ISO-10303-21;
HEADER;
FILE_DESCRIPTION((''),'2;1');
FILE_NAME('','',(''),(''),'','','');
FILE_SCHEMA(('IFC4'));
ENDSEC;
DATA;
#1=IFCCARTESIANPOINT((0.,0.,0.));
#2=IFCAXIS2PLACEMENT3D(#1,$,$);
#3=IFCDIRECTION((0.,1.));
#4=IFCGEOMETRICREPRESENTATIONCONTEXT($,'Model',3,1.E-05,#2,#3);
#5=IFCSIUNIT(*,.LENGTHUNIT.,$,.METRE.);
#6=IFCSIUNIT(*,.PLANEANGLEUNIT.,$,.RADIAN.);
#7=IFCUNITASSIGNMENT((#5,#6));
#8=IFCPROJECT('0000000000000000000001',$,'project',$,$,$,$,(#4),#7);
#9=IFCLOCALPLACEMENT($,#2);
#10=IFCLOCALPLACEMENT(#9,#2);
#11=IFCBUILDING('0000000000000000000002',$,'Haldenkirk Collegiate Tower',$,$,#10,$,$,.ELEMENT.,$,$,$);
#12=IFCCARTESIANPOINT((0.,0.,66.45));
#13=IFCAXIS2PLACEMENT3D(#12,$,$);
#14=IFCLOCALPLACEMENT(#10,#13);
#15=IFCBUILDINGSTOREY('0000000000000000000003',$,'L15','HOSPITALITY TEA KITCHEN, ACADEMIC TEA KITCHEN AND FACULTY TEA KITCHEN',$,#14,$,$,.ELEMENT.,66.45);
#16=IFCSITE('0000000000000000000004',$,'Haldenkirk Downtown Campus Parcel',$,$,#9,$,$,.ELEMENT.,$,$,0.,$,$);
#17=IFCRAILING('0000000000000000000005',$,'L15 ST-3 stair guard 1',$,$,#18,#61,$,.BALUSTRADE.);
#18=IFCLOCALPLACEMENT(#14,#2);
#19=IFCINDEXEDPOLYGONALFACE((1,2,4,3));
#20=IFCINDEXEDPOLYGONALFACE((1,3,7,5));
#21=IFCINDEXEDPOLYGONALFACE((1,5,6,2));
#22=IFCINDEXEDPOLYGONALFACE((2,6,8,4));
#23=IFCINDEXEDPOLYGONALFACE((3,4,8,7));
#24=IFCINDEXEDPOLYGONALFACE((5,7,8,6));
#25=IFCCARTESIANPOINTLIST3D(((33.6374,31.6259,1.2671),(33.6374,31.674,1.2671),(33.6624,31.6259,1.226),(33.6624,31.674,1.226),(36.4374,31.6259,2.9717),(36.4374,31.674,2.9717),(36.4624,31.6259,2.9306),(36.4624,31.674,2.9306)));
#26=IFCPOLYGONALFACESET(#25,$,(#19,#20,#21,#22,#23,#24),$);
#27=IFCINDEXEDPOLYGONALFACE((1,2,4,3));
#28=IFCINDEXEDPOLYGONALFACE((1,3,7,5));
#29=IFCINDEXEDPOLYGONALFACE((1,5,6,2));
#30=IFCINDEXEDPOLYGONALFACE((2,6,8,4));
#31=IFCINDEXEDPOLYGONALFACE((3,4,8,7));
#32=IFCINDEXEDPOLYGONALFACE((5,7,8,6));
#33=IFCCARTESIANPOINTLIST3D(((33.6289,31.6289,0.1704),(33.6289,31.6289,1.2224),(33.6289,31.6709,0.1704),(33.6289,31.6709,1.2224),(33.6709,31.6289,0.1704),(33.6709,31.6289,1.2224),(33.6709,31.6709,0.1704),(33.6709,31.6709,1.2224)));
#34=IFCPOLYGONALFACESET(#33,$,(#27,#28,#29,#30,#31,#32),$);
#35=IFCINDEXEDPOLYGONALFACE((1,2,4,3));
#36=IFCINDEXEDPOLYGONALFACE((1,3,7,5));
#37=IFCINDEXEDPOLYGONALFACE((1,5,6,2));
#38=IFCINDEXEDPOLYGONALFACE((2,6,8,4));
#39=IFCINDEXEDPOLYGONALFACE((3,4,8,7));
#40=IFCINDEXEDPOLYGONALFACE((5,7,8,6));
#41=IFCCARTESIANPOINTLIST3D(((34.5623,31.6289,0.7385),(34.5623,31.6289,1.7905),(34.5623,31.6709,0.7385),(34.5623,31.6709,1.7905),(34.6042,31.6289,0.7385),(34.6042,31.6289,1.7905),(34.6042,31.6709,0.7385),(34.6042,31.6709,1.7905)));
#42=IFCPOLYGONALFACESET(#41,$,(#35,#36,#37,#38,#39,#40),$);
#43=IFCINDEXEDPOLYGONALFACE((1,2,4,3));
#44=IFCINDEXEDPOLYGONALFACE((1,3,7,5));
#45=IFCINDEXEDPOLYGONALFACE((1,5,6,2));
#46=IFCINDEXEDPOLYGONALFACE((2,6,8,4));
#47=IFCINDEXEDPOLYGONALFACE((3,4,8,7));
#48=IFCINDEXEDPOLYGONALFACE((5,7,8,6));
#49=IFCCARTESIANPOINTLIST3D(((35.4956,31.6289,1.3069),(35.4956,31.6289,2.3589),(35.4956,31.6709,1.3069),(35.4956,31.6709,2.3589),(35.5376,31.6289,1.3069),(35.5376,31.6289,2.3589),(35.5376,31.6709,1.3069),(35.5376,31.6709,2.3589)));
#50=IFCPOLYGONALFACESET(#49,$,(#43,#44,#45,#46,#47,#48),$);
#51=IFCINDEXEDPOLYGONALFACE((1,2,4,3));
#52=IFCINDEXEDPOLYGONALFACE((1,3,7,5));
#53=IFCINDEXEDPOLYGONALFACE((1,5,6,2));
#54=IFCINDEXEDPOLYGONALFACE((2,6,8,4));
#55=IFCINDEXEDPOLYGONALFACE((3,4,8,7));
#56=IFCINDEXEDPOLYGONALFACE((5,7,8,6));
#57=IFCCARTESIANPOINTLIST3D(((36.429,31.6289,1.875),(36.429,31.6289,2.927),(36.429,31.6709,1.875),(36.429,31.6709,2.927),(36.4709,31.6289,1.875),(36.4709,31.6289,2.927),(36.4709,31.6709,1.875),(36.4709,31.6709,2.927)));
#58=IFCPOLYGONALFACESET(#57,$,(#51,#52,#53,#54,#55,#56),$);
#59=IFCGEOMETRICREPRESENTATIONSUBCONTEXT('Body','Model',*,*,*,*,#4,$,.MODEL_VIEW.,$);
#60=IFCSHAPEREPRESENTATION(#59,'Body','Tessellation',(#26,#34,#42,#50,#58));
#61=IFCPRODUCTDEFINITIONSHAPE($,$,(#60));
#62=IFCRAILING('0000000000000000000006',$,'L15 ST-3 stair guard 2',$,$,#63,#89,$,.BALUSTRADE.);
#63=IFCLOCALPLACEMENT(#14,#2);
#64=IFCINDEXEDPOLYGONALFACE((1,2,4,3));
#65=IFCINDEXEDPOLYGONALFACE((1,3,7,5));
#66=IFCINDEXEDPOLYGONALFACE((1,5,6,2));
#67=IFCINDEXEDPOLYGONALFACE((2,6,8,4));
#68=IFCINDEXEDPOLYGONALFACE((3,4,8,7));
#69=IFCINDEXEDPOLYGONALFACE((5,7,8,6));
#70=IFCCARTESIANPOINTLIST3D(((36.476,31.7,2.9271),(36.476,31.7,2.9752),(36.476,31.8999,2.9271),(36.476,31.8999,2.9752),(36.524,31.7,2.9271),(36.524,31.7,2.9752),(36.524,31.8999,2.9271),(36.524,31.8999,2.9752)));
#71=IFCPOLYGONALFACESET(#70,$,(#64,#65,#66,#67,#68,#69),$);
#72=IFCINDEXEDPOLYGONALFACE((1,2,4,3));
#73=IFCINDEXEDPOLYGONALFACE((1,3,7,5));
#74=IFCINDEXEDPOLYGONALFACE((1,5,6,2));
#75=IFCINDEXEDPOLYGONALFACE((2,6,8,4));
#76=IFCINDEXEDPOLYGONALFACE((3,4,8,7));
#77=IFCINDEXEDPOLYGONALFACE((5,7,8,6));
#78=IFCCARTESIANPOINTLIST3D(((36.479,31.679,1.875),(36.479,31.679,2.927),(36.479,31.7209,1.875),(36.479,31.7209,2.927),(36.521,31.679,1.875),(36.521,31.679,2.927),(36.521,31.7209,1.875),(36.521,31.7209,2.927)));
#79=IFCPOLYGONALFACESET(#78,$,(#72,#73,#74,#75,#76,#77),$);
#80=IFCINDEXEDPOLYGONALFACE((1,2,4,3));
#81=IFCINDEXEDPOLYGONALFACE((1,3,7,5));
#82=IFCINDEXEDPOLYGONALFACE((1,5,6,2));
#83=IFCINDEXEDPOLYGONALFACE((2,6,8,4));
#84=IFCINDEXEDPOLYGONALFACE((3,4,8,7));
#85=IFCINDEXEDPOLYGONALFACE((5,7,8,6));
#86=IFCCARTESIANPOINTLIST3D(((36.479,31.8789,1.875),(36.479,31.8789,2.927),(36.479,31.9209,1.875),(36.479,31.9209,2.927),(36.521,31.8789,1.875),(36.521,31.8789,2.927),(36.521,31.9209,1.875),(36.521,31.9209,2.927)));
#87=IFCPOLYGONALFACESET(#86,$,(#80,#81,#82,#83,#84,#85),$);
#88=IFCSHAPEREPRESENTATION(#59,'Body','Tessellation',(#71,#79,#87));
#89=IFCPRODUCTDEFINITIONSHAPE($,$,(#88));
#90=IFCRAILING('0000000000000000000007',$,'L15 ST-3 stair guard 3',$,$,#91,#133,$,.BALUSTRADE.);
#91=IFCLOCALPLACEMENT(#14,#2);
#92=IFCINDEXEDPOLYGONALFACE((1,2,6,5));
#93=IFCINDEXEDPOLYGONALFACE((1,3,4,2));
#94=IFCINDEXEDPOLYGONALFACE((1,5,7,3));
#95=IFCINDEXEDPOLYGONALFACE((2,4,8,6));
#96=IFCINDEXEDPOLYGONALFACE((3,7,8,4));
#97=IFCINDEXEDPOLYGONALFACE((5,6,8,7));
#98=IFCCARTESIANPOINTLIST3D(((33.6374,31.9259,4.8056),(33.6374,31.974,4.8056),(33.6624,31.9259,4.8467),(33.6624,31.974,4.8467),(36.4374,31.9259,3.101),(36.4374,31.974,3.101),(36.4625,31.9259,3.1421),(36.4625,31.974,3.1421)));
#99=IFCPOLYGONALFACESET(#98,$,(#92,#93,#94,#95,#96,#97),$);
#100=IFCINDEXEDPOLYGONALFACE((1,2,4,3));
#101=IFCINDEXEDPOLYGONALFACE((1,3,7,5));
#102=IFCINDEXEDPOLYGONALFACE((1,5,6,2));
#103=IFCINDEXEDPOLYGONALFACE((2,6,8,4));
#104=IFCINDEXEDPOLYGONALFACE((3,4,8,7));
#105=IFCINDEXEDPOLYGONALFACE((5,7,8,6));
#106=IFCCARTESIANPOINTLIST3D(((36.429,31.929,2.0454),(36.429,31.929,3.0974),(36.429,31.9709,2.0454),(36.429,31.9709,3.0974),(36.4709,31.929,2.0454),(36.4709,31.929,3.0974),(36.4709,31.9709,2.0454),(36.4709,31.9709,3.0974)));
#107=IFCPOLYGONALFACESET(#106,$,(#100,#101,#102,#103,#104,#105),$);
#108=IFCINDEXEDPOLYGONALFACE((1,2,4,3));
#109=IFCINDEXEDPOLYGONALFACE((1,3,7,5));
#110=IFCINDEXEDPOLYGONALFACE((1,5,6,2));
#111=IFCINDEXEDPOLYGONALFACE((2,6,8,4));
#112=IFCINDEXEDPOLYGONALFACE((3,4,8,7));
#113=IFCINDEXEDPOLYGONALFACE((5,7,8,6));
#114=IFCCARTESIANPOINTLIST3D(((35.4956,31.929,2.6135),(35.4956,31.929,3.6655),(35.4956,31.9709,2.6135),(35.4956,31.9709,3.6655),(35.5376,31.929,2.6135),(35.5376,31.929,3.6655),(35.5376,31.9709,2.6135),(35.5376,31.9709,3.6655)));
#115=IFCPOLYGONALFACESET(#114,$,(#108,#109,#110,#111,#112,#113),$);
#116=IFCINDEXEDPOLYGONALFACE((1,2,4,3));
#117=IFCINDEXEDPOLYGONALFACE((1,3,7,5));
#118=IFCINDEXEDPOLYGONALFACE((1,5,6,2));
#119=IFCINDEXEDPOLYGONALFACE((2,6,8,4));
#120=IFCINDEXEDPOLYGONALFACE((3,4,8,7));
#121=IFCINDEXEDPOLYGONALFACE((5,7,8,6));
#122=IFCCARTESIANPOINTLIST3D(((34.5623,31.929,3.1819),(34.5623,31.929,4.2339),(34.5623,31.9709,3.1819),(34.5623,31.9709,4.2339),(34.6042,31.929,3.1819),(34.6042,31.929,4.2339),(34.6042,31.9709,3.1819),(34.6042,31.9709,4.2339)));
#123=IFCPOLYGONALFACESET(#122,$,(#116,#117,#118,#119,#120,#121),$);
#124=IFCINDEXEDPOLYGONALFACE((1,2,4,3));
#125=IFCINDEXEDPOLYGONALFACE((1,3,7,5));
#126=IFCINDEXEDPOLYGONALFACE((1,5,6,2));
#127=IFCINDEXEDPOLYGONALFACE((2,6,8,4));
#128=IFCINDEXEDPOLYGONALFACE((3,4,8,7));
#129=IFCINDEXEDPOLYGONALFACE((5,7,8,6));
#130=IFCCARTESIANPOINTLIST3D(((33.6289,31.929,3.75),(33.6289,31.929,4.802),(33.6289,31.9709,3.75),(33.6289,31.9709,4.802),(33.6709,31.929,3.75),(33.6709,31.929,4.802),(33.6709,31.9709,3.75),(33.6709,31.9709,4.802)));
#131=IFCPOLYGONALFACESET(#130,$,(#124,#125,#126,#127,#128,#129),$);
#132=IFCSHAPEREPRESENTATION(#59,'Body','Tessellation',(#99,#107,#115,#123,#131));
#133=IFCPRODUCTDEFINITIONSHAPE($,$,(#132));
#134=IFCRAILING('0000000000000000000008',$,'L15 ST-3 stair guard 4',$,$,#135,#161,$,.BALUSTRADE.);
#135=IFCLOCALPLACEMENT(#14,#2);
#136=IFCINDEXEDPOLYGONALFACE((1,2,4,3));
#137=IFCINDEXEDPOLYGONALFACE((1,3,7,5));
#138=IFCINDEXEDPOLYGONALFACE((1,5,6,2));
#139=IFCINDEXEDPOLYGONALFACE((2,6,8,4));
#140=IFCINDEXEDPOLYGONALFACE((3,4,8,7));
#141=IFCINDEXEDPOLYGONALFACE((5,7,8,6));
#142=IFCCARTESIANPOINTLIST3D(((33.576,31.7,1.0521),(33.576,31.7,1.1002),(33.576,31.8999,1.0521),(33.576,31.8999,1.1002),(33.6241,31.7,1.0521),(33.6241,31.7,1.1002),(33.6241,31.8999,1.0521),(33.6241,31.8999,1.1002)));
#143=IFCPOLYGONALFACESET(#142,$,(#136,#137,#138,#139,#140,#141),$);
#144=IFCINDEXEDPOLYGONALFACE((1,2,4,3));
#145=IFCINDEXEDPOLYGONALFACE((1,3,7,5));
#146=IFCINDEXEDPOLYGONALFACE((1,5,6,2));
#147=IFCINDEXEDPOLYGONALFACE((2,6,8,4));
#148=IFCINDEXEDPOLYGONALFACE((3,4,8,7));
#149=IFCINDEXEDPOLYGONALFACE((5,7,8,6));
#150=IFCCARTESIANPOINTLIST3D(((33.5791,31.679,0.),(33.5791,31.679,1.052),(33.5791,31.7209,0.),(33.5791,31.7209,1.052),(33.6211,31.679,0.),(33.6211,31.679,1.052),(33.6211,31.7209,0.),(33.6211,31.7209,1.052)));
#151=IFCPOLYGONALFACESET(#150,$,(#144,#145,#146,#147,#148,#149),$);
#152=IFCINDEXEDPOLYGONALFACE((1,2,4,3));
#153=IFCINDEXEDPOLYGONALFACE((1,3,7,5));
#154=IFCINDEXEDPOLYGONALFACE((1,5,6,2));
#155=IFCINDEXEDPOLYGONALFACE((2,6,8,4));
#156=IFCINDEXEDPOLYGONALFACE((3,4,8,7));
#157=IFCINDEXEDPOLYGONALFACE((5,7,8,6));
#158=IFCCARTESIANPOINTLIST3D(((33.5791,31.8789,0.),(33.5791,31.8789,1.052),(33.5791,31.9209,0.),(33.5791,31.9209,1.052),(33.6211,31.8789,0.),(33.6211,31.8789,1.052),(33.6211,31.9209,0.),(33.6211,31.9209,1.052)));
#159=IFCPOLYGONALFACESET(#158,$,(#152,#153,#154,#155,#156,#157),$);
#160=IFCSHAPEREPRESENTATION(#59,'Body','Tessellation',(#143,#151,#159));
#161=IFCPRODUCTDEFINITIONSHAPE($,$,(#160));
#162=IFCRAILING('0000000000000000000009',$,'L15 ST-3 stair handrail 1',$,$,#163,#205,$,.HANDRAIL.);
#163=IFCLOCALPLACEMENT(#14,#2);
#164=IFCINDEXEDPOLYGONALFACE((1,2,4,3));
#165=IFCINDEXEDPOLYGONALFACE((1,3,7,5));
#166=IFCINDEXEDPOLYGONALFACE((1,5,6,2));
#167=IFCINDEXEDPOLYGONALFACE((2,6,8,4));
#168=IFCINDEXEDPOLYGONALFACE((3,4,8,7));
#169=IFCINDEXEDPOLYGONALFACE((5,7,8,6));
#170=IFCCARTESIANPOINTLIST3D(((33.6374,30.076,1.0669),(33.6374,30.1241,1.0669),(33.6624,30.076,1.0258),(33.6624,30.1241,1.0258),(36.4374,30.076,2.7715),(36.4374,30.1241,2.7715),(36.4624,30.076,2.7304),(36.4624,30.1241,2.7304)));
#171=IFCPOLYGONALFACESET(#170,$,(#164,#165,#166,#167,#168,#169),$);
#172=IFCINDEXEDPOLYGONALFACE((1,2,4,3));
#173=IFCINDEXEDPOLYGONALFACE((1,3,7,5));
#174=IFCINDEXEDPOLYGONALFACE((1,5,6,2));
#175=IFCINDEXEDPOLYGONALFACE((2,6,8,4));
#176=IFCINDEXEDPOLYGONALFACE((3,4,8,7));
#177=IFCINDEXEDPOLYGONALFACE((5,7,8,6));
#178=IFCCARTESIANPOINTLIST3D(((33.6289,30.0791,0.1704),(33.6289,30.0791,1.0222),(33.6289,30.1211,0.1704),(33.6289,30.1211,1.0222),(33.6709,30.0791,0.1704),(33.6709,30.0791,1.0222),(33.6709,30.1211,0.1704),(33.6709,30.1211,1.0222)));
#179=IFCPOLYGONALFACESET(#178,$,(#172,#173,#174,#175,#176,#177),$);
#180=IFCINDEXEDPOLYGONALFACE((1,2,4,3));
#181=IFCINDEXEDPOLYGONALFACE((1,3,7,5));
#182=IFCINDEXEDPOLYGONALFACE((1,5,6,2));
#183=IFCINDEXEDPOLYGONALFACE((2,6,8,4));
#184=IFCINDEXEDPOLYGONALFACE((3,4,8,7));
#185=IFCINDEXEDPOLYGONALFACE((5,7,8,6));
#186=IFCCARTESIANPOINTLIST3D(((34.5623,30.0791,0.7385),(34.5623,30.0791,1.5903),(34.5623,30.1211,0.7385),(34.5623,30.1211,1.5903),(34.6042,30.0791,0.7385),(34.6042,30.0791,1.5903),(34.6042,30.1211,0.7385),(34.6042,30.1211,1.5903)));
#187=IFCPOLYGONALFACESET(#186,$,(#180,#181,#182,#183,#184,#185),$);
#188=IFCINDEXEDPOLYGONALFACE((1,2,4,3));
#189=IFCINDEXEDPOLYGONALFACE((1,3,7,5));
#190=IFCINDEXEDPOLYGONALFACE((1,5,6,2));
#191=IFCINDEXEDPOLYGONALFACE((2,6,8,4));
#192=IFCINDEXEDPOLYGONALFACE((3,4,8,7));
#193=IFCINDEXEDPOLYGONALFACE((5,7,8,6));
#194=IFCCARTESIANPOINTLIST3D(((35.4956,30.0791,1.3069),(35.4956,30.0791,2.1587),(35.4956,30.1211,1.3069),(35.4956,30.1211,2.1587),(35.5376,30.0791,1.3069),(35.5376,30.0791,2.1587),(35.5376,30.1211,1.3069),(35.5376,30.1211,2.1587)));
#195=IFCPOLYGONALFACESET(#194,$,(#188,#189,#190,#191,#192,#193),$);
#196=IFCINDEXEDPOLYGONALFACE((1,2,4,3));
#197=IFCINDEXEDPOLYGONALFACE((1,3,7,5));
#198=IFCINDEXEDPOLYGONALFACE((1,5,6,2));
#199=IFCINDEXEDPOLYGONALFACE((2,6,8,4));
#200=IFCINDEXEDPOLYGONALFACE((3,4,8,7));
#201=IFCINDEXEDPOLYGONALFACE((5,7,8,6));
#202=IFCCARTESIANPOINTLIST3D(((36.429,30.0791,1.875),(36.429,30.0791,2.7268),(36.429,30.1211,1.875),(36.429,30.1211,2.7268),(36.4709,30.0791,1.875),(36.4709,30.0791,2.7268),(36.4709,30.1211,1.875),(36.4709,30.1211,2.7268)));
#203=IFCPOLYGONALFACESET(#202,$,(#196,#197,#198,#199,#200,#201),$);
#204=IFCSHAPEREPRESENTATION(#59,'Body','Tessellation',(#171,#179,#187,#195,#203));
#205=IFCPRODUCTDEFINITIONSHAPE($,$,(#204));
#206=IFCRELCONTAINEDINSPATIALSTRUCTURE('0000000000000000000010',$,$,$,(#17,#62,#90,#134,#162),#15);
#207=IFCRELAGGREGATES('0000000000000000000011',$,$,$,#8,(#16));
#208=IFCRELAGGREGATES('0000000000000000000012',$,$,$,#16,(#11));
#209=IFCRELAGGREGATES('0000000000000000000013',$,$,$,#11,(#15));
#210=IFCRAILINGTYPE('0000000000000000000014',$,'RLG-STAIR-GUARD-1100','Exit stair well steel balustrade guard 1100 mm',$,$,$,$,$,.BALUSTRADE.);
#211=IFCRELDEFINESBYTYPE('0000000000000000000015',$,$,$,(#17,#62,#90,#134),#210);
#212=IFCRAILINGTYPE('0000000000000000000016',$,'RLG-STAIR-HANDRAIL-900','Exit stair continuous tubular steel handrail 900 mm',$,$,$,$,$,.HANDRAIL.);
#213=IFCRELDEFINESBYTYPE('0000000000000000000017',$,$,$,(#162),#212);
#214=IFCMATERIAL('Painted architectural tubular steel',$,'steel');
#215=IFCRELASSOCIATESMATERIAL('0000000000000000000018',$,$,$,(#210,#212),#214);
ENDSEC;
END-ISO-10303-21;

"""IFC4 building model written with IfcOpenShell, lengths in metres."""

from ifc_helpers import new_model, si_unit, direction, frame, origin, origin_2d, place, context, subcontext, project, spatial, rectangle, extrude, material, type_object, element, save


model = new_model("IFC4")

# Units and contexts
model_context = context("Model", 3, precision=1e-05, world=origin(), true_north=direction((0.0, 1.0)))
body_context = subcontext(model_context, "Body", "Model", "MODEL_VIEW")
ifc_project = project(units=[si_unit("LENGTHUNIT", "METRE"), si_unit("PLANEANGLEUNIT", "RADIAN")], contexts=[model_context])

# Site, building, storey
site_placement = place(None, origin())
site = spatial("IfcSite", under=ifc_project, at=site_placement, Name="Haldenkirk Downtown Campus Parcel", CompositionType="ELEMENT", RefElevation=0.0)
building_placement = place(site_placement, origin())
building = spatial("IfcBuilding", under=site, at=building_placement, Name="Haldenkirk Collegiate Tower", CompositionType="ELEMENT")
storey_placement = place(building_placement, frame((0.0, 0.0, 66.45)))
storey = spatial("IfcBuildingStorey", under=building, at=storey_placement, Name="L15", Description="HOSPITALITY TEA KITCHEN, ACADEMIC TEA KITCHEN AND FACULTY TEA KITCHEN", CompositionType="ELEMENT", Elevation=66.45)

# Railings
ifc_material_1 = material(Name="Painted architectural tubular steel", Category="steel")
railing_type_1 = type_object("IfcRailingType", Name="RLG-STAIR-GUARD-1100", Description="Exit stair well steel balustrade guard 1100 mm", PredefinedType="BALUSTRADE", material=ifc_material_1)
railing_1_placement = place(storey_placement, frame((33.6499, 31.6499, 0.1704)))
element("IfcRailing", 1, at=railing_1_placement, inside=storey, type_object=railing_type_1, Name="L15 ST-3 stair guard 1", PredefinedType="BALUSTRADE", context=body_context, shape_type="SweptSolid", body=[
    extrude(rectangle(XDim=0.0481, YDim=0.0481, at=origin_2d()), frame((0.0, 0.0, 1.0762), z_axis=(0.85417, 0.0, 0.519994), x_axis=(0.0, 1.0, 0.0)), (0.0, 0.0, 1.0), 3.2781),
    extrude(rectangle(XDim=0.042, YDim=0.042, at=origin_2d()), origin(), (0.0, 0.0, 1.0), 1.052),
    extrude(rectangle(XDim=0.042, YDim=0.042, at=origin_2d()), frame((0.9333, 0.0, 0.5681)), (0.0, 0.0, 1.0), 1.052),
    extrude(rectangle(XDim=0.042, YDim=0.042, at=origin_2d()), frame((1.8667, 0.0, 1.1365)), (0.0, 0.0, 1.0), 1.052),
    extrude(rectangle(XDim=0.042, YDim=0.042, at=origin_2d()), frame((2.8, 0.0, 1.7046)), (0.0, 0.0, 1.0), 1.052),
])
railing_2_placement = place(storey_placement, frame((36.5, 31.7, 1.875)))
element("IfcRailing", 2, at=railing_2_placement, inside=storey, type_object=railing_type_1, Name="L15 ST-3 stair guard 2", PredefinedType="BALUSTRADE", context=body_context, shape_type="SweptSolid", body=[
    extrude(rectangle(XDim=0.0481, YDim=0.0481, at=origin_2d()), frame((0.0, 0.0, 1.0762), z_axis=(0.0, 1.0, 0.0), x_axis=(-1.0, 0.0, 0.0)), (0.0, 0.0, 1.0), 0.2),
    extrude(rectangle(XDim=0.042, YDim=0.042, at=origin_2d()), origin(), (0.0, 0.0, 1.0), 1.052),
    extrude(rectangle(XDim=0.042, YDim=0.042, at=origin_2d()), frame((0.0, 0.2, 0.0)), (0.0, 0.0, 1.0), 1.052),
])
railing_3_placement = place(storey_placement, frame((36.45, 31.95, 2.0454)))
element("IfcRailing", 3, at=railing_3_placement, inside=storey, type_object=railing_type_1, Name="L15 ST-3 stair guard 3", PredefinedType="BALUSTRADE", context=body_context, shape_type="SweptSolid", body=[
    extrude(rectangle(XDim=0.0481, YDim=0.0481, at=origin_2d()), frame((0.0, 0.0, 1.0762), z_axis=(-0.85417, 0.0, 0.519994), x_axis=(0.0, -1.0, 0.0)), (0.0, 0.0, 1.0), 3.2781),
    extrude(rectangle(XDim=0.042, YDim=0.042, at=origin_2d()), origin(), (0.0, 0.0, 1.0), 1.052),
    extrude(rectangle(XDim=0.042, YDim=0.042, at=origin_2d()), frame((-0.9333, 0.0, 0.5681)), (0.0, 0.0, 1.0), 1.052),
    extrude(rectangle(XDim=0.042, YDim=0.042, at=origin_2d()), frame((-1.8667, 0.0, 1.1365)), (0.0, 0.0, 1.0), 1.052),
    extrude(rectangle(XDim=0.042, YDim=0.042, at=origin_2d()), frame((-2.8, 0.0, 1.7046)), (0.0, 0.0, 1.0), 1.052),
])
railing_4_placement = place(storey_placement, frame((33.6001, 31.7, 0.0)))
element("IfcRailing", 4, at=railing_4_placement, inside=storey, type_object=railing_type_1, Name="L15 ST-3 stair guard 4", PredefinedType="BALUSTRADE", context=body_context, shape_type="SweptSolid", body=[
    extrude(rectangle(XDim=0.0481, YDim=0.0481, at=origin_2d()), frame((0.0, 0.0, 1.0762), z_axis=(0.0, 1.0, 0.0), x_axis=(-1.0, 0.0, 0.0)), (0.0, 0.0, 1.0), 0.2),
    extrude(rectangle(XDim=0.042, YDim=0.042, at=origin_2d()), origin(), (0.0, 0.0, 1.0), 1.052),
    extrude(rectangle(XDim=0.042, YDim=0.042, at=origin_2d()), frame((0.0, 0.2, 0.0)), (0.0, 0.0, 1.0), 1.052),
])
railing_type_2 = type_object("IfcRailingType", Name="RLG-STAIR-HANDRAIL-900", Description="Exit stair continuous tubular steel handrail 900 mm", PredefinedType="HANDRAIL", material=ifc_material_1)
railing_5_placement = place(storey_placement, frame((33.6499, 30.1001, 0.1704)))
element("IfcRailing", 5, at=railing_5_placement, inside=storey, type_object=railing_type_2, Name="L15 ST-3 stair handrail 1", PredefinedType="HANDRAIL", context=body_context, shape_type="SweptSolid", body=[
    extrude(rectangle(XDim=0.0481, YDim=0.0481, at=origin_2d()), frame((0.0, 0.0, 0.876), z_axis=(0.85417, 0.0, 0.519994), x_axis=(0.0, 1.0, 0.0)), (0.0, 0.0, 1.0), 3.2781),
    extrude(rectangle(XDim=0.042, YDim=0.042, at=origin_2d()), origin(), (0.0, 0.0, 1.0), 0.8518),
    extrude(rectangle(XDim=0.042, YDim=0.042, at=origin_2d()), frame((0.9333, 0.0, 0.5681)), (0.0, 0.0, 1.0), 0.8518),
    extrude(rectangle(XDim=0.042, YDim=0.042, at=origin_2d()), frame((1.8667, 0.0, 1.1365)), (0.0, 0.0, 1.0), 0.8518),
    extrude(rectangle(XDim=0.042, YDim=0.042, at=origin_2d()), frame((2.8, 0.0, 1.7046)), (0.0, 0.0, 1.0), 0.8518),
])

save(model, "model.ifc")
